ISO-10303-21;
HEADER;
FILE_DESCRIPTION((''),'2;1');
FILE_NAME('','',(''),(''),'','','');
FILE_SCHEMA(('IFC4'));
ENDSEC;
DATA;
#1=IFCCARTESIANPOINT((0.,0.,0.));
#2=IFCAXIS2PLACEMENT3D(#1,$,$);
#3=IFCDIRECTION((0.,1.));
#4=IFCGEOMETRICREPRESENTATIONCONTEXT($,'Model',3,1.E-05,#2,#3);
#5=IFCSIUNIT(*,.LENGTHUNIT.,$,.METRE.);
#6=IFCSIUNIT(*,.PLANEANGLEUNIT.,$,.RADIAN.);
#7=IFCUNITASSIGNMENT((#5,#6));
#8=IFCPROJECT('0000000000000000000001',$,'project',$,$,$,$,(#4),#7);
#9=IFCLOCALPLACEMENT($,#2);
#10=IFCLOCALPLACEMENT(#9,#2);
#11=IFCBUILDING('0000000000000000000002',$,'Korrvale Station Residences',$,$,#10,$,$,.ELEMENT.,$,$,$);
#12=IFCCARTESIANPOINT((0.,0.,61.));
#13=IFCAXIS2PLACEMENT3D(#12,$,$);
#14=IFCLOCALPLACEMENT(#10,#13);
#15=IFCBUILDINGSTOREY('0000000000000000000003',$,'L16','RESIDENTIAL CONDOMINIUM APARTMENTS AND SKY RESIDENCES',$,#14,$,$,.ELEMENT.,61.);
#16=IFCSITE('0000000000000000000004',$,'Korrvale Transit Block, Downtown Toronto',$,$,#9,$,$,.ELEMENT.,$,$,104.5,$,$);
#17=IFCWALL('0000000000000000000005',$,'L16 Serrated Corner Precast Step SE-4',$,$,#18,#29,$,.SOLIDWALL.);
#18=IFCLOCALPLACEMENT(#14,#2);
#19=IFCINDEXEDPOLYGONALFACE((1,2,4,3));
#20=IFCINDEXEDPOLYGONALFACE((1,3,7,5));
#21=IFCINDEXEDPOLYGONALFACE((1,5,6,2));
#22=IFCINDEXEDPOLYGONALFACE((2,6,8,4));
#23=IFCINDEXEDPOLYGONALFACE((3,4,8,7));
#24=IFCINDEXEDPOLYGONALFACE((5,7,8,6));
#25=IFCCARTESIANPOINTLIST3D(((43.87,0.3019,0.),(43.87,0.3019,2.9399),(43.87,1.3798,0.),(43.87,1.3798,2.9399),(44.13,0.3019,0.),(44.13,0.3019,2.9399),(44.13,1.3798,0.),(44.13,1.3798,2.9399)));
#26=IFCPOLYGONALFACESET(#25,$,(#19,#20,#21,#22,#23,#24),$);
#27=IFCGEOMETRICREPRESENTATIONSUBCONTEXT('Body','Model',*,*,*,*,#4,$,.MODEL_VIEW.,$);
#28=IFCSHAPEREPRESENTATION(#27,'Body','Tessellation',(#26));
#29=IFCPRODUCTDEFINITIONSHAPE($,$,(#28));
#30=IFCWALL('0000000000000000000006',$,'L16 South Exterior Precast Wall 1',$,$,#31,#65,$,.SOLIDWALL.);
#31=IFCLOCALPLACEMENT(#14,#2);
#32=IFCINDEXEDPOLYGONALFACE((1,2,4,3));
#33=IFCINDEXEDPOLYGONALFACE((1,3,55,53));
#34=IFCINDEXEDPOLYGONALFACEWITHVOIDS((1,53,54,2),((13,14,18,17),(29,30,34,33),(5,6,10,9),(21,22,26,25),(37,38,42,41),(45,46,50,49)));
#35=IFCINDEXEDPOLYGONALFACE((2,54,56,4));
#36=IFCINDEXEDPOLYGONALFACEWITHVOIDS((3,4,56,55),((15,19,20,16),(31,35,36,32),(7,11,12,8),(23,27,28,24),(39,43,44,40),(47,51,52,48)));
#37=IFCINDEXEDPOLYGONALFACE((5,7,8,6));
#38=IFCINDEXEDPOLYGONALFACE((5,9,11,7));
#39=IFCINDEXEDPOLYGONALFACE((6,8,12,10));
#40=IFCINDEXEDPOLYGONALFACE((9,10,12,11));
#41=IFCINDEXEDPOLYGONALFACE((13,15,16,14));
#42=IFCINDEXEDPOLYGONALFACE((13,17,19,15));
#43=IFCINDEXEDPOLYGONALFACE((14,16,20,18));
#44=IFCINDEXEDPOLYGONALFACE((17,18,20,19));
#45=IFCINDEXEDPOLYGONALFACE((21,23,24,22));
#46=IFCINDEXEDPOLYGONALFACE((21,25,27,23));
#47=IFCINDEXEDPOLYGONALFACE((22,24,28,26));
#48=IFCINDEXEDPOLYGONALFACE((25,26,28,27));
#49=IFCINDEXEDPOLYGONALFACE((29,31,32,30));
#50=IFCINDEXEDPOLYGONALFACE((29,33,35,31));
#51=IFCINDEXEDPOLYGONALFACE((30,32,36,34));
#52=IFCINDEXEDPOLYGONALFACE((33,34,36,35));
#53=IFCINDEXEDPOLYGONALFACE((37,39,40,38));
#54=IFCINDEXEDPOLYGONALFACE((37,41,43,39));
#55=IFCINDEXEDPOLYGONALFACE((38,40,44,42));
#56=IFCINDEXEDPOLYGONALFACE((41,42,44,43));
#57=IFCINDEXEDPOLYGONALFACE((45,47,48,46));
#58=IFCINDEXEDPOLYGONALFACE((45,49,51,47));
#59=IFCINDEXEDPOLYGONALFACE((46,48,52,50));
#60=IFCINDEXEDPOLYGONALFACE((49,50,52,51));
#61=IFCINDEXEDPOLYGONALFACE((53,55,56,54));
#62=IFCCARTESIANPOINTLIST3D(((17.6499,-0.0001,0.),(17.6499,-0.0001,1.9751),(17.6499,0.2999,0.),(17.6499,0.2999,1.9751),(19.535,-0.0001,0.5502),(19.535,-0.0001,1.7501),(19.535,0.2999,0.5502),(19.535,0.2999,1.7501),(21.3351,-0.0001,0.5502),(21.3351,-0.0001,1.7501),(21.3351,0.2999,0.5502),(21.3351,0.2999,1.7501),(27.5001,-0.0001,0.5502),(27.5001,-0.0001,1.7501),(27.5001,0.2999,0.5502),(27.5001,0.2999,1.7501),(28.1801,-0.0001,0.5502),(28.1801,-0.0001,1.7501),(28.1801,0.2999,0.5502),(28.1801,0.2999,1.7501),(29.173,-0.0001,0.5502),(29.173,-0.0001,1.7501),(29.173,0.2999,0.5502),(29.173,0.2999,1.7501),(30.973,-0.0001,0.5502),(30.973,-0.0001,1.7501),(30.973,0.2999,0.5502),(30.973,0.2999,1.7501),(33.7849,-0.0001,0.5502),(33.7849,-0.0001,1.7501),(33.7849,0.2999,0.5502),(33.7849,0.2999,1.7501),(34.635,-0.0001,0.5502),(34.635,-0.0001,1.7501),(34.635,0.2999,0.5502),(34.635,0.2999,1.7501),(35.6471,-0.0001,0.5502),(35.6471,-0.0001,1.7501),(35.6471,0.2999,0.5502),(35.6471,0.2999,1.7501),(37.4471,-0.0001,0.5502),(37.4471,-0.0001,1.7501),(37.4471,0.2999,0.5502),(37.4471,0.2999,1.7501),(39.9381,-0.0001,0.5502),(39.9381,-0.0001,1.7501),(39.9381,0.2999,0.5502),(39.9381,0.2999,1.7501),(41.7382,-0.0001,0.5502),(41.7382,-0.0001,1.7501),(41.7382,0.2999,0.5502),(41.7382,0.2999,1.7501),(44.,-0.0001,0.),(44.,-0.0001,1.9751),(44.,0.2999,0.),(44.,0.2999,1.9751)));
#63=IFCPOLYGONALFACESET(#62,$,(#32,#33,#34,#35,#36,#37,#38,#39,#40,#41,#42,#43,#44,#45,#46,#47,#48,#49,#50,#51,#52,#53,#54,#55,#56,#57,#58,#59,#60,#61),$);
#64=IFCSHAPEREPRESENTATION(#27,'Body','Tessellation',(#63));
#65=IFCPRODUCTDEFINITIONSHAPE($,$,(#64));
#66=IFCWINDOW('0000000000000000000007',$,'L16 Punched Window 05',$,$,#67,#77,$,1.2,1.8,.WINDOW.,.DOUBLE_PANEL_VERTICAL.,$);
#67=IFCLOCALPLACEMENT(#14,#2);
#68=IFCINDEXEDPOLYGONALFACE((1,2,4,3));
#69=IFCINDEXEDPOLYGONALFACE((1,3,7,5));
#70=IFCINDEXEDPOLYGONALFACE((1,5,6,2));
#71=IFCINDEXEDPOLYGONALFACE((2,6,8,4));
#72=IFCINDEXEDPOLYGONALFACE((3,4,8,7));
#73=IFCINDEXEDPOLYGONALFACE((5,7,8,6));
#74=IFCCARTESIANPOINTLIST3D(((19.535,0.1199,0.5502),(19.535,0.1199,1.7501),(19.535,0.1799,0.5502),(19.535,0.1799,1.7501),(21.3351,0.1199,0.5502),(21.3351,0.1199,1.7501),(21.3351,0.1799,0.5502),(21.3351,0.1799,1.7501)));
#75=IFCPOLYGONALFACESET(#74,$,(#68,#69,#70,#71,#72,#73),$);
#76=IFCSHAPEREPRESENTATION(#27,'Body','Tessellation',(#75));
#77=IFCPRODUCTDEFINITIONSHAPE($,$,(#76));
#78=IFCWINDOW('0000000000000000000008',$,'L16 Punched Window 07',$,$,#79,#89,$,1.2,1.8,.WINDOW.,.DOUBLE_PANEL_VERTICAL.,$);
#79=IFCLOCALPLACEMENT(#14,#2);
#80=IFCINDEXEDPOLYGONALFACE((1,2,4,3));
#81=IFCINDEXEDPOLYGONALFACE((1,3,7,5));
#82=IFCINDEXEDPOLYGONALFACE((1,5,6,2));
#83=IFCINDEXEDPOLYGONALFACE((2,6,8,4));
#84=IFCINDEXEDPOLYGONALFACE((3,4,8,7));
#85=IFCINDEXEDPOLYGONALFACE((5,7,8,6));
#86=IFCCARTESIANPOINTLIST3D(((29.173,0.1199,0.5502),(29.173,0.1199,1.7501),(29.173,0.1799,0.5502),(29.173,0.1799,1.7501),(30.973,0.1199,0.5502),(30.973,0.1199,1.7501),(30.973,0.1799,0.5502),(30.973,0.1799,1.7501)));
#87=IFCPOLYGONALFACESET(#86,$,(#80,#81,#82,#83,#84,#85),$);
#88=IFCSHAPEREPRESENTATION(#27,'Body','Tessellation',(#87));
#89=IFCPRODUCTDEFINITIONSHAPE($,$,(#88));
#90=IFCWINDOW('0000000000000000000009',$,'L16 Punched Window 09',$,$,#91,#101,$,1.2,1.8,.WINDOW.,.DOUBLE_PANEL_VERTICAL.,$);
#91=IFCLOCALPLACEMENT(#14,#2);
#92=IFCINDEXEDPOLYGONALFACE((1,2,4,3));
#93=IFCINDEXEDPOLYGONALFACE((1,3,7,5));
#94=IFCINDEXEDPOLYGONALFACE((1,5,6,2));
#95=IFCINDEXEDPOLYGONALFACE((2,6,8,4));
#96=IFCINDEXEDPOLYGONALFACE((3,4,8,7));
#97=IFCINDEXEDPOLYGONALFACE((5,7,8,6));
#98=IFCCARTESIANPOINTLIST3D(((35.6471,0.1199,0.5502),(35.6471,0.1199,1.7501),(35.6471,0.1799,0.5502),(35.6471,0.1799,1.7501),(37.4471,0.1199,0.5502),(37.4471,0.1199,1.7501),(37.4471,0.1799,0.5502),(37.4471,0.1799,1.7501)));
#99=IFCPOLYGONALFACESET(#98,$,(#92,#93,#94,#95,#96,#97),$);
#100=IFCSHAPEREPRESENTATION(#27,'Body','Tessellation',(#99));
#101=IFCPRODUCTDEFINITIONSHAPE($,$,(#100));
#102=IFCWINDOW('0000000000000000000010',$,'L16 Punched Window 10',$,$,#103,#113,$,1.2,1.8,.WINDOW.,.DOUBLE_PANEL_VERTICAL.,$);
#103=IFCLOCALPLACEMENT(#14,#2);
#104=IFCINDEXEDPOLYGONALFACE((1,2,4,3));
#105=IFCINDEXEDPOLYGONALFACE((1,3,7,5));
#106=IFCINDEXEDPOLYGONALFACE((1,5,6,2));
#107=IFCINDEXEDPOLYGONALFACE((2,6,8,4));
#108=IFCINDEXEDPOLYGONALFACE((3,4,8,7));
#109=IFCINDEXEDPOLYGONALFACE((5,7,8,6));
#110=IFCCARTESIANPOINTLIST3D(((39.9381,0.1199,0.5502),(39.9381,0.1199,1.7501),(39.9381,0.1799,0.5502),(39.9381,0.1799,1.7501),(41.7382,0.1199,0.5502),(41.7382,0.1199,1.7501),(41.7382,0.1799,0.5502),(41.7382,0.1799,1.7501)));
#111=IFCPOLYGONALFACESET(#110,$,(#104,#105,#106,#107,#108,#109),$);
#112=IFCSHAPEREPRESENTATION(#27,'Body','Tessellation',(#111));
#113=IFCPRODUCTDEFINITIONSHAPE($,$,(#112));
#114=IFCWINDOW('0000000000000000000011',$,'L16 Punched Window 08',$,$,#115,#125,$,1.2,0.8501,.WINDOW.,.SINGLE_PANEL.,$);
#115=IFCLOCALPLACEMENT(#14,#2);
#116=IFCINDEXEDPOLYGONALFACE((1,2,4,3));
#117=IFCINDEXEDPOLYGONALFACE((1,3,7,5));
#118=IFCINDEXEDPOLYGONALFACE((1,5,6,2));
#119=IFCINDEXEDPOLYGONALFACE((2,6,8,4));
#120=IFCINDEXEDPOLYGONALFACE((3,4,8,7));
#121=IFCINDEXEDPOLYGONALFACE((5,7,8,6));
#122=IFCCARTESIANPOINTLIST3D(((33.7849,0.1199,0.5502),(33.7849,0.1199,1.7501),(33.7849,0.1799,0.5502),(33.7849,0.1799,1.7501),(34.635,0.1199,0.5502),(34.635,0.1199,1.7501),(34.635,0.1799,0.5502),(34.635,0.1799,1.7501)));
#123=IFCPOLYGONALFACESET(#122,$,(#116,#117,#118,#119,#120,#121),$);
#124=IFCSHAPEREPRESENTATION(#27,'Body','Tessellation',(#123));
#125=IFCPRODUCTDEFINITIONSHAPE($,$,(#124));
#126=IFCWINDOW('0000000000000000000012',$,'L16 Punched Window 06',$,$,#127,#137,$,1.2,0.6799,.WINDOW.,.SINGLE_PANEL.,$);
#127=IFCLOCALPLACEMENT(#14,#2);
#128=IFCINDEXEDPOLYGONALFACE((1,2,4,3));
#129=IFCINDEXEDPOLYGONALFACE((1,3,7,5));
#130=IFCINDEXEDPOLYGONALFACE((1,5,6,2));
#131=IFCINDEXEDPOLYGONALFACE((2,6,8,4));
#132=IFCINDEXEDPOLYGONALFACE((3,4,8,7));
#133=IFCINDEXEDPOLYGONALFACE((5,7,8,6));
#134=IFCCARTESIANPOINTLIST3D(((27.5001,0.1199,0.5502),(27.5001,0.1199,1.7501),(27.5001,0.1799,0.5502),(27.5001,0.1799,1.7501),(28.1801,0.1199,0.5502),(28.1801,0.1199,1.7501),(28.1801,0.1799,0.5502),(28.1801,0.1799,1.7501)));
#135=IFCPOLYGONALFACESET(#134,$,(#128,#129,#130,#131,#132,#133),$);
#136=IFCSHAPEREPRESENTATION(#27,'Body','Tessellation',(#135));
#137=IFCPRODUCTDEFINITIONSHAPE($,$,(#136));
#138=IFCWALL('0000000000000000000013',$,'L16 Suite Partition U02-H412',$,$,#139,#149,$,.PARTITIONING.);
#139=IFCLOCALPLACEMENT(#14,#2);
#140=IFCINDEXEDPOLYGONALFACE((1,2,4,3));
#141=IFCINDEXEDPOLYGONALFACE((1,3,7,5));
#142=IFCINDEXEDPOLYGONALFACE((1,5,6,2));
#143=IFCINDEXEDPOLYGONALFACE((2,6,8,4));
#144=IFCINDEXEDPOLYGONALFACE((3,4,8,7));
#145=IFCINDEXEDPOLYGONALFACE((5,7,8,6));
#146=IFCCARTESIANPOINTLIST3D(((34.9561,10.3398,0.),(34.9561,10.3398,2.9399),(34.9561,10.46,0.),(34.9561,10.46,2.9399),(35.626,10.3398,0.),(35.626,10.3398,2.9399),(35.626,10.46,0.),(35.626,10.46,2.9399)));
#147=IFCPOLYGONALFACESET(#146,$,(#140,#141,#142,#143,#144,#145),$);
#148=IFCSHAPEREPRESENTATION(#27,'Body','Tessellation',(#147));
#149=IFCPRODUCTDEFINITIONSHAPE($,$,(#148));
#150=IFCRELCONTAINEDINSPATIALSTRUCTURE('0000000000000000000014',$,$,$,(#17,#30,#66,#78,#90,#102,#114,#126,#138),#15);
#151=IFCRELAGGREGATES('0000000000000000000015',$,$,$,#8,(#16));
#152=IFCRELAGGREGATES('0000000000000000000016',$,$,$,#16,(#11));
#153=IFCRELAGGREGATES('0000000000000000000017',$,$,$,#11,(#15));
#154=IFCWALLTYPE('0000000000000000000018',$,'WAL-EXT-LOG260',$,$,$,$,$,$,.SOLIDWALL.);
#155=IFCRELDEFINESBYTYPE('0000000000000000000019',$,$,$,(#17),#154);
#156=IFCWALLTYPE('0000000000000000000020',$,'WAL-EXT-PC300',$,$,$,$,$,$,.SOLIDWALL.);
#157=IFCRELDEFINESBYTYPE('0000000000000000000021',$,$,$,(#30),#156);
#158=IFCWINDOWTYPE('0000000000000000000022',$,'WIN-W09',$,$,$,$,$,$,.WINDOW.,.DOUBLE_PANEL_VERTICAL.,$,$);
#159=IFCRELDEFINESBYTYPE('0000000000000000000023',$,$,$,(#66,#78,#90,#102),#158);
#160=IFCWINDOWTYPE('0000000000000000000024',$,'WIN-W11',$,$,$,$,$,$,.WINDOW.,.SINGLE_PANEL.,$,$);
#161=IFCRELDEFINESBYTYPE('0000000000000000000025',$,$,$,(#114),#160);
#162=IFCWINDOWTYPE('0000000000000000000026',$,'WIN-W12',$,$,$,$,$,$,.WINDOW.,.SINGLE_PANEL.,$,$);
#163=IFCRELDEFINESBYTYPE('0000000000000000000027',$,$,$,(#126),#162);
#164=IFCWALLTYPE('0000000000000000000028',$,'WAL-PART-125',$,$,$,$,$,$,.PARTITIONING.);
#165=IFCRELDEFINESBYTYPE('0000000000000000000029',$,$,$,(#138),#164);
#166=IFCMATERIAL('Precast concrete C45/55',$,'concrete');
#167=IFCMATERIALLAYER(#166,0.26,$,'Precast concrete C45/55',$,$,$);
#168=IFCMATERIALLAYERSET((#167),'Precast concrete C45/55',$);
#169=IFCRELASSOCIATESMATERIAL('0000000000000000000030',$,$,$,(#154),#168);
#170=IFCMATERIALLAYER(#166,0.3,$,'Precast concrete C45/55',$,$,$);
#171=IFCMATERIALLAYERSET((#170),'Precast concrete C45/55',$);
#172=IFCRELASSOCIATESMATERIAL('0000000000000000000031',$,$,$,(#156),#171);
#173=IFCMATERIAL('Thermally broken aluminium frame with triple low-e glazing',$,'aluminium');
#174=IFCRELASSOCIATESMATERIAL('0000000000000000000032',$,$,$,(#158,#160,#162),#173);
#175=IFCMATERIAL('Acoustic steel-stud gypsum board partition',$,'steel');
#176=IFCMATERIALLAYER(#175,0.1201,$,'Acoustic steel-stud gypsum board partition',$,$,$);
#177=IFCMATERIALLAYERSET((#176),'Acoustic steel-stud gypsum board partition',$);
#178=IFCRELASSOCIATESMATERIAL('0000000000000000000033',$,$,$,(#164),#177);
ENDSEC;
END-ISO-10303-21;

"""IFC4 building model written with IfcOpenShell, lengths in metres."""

from ifc_helpers import new_model, si_unit, direction, frame, frame_2d, origin, place, context, subcontext, project, spatial, rectangle, extrude, material, layer, layer_set, type_object, element, fill, save


model = new_model("IFC4")

# Units and contexts
model_context = context("Model", 3, precision=1e-05, world=origin(), true_north=direction((0.0, 1.0)))
body_context = subcontext(model_context, "Body", "Model", "MODEL_VIEW")
ifc_project = project(units=[si_unit("LENGTHUNIT", "METRE"), si_unit("PLANEANGLEUNIT", "RADIAN")], contexts=[model_context])

# Site, building, storey
site_placement = place(None, origin())
site = spatial("IfcSite", under=ifc_project, at=site_placement, Name="Korrvale Transit Block, Downtown Toronto", CompositionType="ELEMENT", RefElevation=104.5)
building_placement = place(site_placement, origin())
building = spatial("IfcBuilding", under=site, at=building_placement, Name="Korrvale Station Residences", CompositionType="ELEMENT")
storey_placement = place(building_placement, frame((0.0, 0.0, 61.0)))
storey = spatial("IfcBuildingStorey", under=building, at=storey_placement, Name="L16", Description="RESIDENTIAL CONDOMINIUM APARTMENTS AND SKY RESIDENCES", CompositionType="ELEMENT", Elevation=61.0)

# Wall
ifc_material_1 = material(Name="Precast concrete C45/55", Category="concrete")
ifc_layer_1 = layer(ifc_material_1, 0.26, Name="Precast concrete C45/55")
ifc_layer_set_1 = layer_set([ifc_layer_1], Name="Precast concrete C45/55")
wall_type_1 = type_object("IfcWallType", Name="WAL-EXT-LOG260", PredefinedType="SOLIDWALL", material=ifc_layer_set_1)
wall_1_placement = place(storey_placement, frame((44.0, 1.3799, 0.0), z_axis=(0.0, 0.0, 1.0), x_axis=(0.0, -1.0, 0.0)))
element("IfcWall", 1, at=wall_1_placement, inside=storey, type_object=wall_type_1, Name="L16 Serrated Corner Precast Step SE-4", PredefinedType="SOLIDWALL", context=body_context, shape_type="SweptSolid", body=[
    extrude(rectangle(XDim=1.0779, YDim=0.26, at=frame_2d((0.5391, 0.0))), origin(), (0.0, 0.0, 1.0), 2.9399),
])

# Wall, openings, windows
ifc_layer_2 = layer(ifc_material_1, 0.3, Name="Precast concrete C45/55")
ifc_layer_set_2 = layer_set([ifc_layer_2], Name="Precast concrete C45/55")
wall_type_2 = type_object("IfcWallType", Name="WAL-EXT-PC300", PredefinedType="SOLIDWALL", material=ifc_layer_set_2)
wall_2_placement = place(storey_placement, frame((44.0, 0.1499, 0.0), z_axis=(0.0, 0.0, 1.0), x_axis=(-1.0, 0.0, 0.0)))
wall_2 = element("IfcWall", 2, at=wall_2_placement, inside=storey, type_object=wall_type_2, Name="L16 South Exterior Precast Wall 1", PredefinedType="SOLIDWALL", context=body_context, shape_type="SweptSolid", body=[
    extrude(rectangle(XDim=26.3501, YDim=0.3, at=frame_2d((13.175, 0.0))), origin(), (0.0, 0.0, 1.0), 1.9751),
])
opening_1_placement = place(wall_2_placement, frame((22.665, 0.0, 0.55)))
opening_1 = element("IfcOpeningElement", 3, at=opening_1_placement, cuts=wall_2, PredefinedType="OPENING", context=body_context, shape_type="SweptSolid", body=[
    extrude(rectangle(XDim=1.8, YDim=1.2, at=frame_2d((0.8999, 0.6001))), frame((0.0, 0.1602, 0.0), z_axis=(0.0, -1.0, 0.0), x_axis=(1.0, 0.0, 0.0)), (0.0, 0.0, 1.0), 0.3201),
])
opening_2_placement = place(wall_2_placement, frame((15.8201, 0.0, 0.55)))
opening_2 = element("IfcOpeningElement", 4, at=opening_2_placement, cuts=wall_2, PredefinedType="OPENING", context=body_context, shape_type="SweptSolid", body=[
    extrude(rectangle(XDim=0.6799, YDim=1.2, at=frame_2d((0.3398, 0.6001))), frame((0.0, 0.1602, 0.0), z_axis=(0.0, -1.0, 0.0), x_axis=(1.0, 0.0, 0.0)), (0.0, 0.0, 1.0), 0.3201),
])
opening_3_placement = place(wall_2_placement, frame((13.0271, 0.0, 0.55)))
opening_3 = element("IfcOpeningElement", 5, at=opening_3_placement, cuts=wall_2, PredefinedType="OPENING", context=body_context, shape_type="SweptSolid", body=[
    extrude(rectangle(XDim=1.8, YDim=1.2, at=frame_2d((0.8999, 0.6001))), frame((0.0, 0.1602, 0.0), z_axis=(0.0, -1.0, 0.0), x_axis=(1.0, 0.0, 0.0)), (0.0, 0.0, 1.0), 0.3201),
])
opening_4_placement = place(wall_2_placement, frame((9.365, 0.0, 0.55)))
opening_4 = element("IfcOpeningElement", 6, at=opening_4_placement, cuts=wall_2, PredefinedType="OPENING", context=body_context, shape_type="SweptSolid", body=[
    extrude(rectangle(XDim=0.8501, YDim=1.2, at=frame_2d((0.425, 0.6001))), frame((0.0, 0.1602, 0.0), z_axis=(0.0, -1.0, 0.0), x_axis=(1.0, 0.0, 0.0)), (0.0, 0.0, 1.0), 0.3201),
])
opening_5_placement = place(wall_2_placement, frame((6.553, 0.0, 0.55)))
opening_5 = element("IfcOpeningElement", 7, at=opening_5_placement, cuts=wall_2, PredefinedType="OPENING", context=body_context, shape_type="SweptSolid", body=[
    extrude(rectangle(XDim=1.8, YDim=1.2, at=frame_2d((0.8999, 0.6001))), frame((0.0, 0.1602, 0.0), z_axis=(0.0, -1.0, 0.0), x_axis=(1.0, 0.0, 0.0)), (0.0, 0.0, 1.0), 0.3201),
])
opening_6_placement = place(wall_2_placement, frame((2.262, 0.0, 0.55)))
opening_6 = element("IfcOpeningElement", 8, at=opening_6_placement, cuts=wall_2, PredefinedType="OPENING", context=body_context, shape_type="SweptSolid", body=[
    extrude(rectangle(XDim=1.8, YDim=1.2, at=frame_2d((0.8999, 0.6001))), frame((0.0, 0.1602, 0.0), z_axis=(0.0, -1.0, 0.0), x_axis=(1.0, 0.0, 0.0)), (0.0, 0.0, 1.0), 0.3201),
])
ifc_material_2 = material(Name="Thermally broken aluminium frame with triple low-e glazing", Category="aluminium")
window_type_1 = type_object("IfcWindowType", Name="WIN-W09", PartitioningType="DOUBLE_PANEL_VERTICAL", PredefinedType="WINDOW", material=ifc_material_2)
window_1_placement = place(opening_1_placement, origin())
window_1 = element("IfcWindow", 9, at=window_1_placement, inside=storey, type_object=window_type_1, Name="L16 Punched Window 05", OverallHeight=1.2, OverallWidth=1.8, PartitioningType="DOUBLE_PANEL_VERTICAL", PredefinedType="WINDOW", context=body_context, shape_type="SweptSolid", body=[
    extrude(rectangle(XDim=1.8, YDim=1.2, at=frame_2d((0.8999, 0.6001))), frame((0.0, 0.03, 0.0), z_axis=(0.0, -1.0, 0.0), x_axis=(1.0, 0.0, 0.0)), (0.0, 0.0, 1.0), 0.0601),
])
fill(opening_1, window_1)
window_2_placement = place(opening_3_placement, origin())
window_2 = element("IfcWindow", 10, at=window_2_placement, inside=storey, type_object=window_type_1, Name="L16 Punched Window 07", OverallHeight=1.2, OverallWidth=1.8, PartitioningType="DOUBLE_PANEL_VERTICAL", PredefinedType="WINDOW", context=body_context, shape_type="SweptSolid", body=[
    extrude(rectangle(XDim=1.8, YDim=1.2, at=frame_2d((0.8999, 0.6001))), frame((0.0, 0.03, 0.0), z_axis=(0.0, -1.0, 0.0), x_axis=(1.0, 0.0, 0.0)), (0.0, 0.0, 1.0), 0.0601),
])
fill(opening_3, window_2)
window_3_placement = place(opening_5_placement, origin())
window_3 = element("IfcWindow", 11, at=window_3_placement, inside=storey, type_object=window_type_1, Name="L16 Punched Window 09", OverallHeight=1.2, OverallWidth=1.8, PartitioningType="DOUBLE_PANEL_VERTICAL", PredefinedType="WINDOW", context=body_context, shape_type="SweptSolid", body=[
    extrude(rectangle(XDim=1.8, YDim=1.2, at=frame_2d((0.8999, 0.6001))), frame((0.0, 0.03, 0.0), z_axis=(0.0, -1.0, 0.0), x_axis=(1.0, 0.0, 0.0)), (0.0, 0.0, 1.0), 0.0601),
])
fill(opening_5, window_3)
window_4_placement = place(opening_6_placement, origin())
window_4 = element("IfcWindow", 12, at=window_4_placement, inside=storey, type_object=window_type_1, Name="L16 Punched Window 10", OverallHeight=1.2, OverallWidth=1.8, PartitioningType="DOUBLE_PANEL_VERTICAL", PredefinedType="WINDOW", context=body_context, shape_type="SweptSolid", body=[
    extrude(rectangle(XDim=1.8, YDim=1.2, at=frame_2d((0.8999, 0.6001))), frame((0.0, 0.03, 0.0), z_axis=(0.0, -1.0, 0.0), x_axis=(1.0, 0.0, 0.0)), (0.0, 0.0, 1.0), 0.0601),
])
fill(opening_6, window_4)
window_type_2 = type_object("IfcWindowType", Name="WIN-W11", PartitioningType="SINGLE_PANEL", PredefinedType="WINDOW", material=ifc_material_2)
window_5_placement = place(opening_4_placement, origin())
window_5 = element("IfcWindow", 13, at=window_5_placement, inside=storey, type_object=window_type_2, Name="L16 Punched Window 08", OverallHeight=1.2, OverallWidth=0.8501, PartitioningType="SINGLE_PANEL", PredefinedType="WINDOW", context=body_context, shape_type="SweptSolid", body=[
    extrude(rectangle(XDim=0.8501, YDim=1.2, at=frame_2d((0.425, 0.6001))), frame((0.0, 0.03, 0.0), z_axis=(0.0, -1.0, 0.0), x_axis=(1.0, 0.0, 0.0)), (0.0, 0.0, 1.0), 0.0601),
])
fill(opening_4, window_5)
window_type_3 = type_object("IfcWindowType", Name="WIN-W12", PartitioningType="SINGLE_PANEL", PredefinedType="WINDOW", material=ifc_material_2)
window_6_placement = place(opening_2_placement, origin())
window_6 = element("IfcWindow", 14, at=window_6_placement, inside=storey, type_object=window_type_3, Name="L16 Punched Window 06", OverallHeight=1.2, OverallWidth=0.6799, PartitioningType="SINGLE_PANEL", PredefinedType="WINDOW", context=body_context, shape_type="SweptSolid", body=[
    extrude(rectangle(XDim=0.6799, YDim=1.2, at=frame_2d((0.3398, 0.6001))), frame((0.0, 0.03, 0.0), z_axis=(0.0, -1.0, 0.0), x_axis=(1.0, 0.0, 0.0)), (0.0, 0.0, 1.0), 0.0601),
])
fill(opening_2, window_6)

# Wall
ifc_material_3 = material(Name="Acoustic steel-stud gypsum board partition", Category="steel")
ifc_layer_3 = layer(ifc_material_3, 0.1201, Name="Acoustic steel-stud gypsum board partition")
ifc_layer_set_3 = layer_set([ifc_layer_3], Name="Acoustic steel-stud gypsum board partition")
wall_type_3 = type_object("IfcWallType", Name="WAL-PART-125", PredefinedType="PARTITIONING", material=ifc_layer_set_3)
wall_3_placement = place(storey_placement, frame((34.9561, 10.3999, 0.0), z_axis=(0.0, 0.0, 1.0), x_axis=(1.0, 0.0, 0.0)))
element("IfcWall", 15, at=wall_3_placement, inside=storey, type_object=wall_type_3, Name="L16 Suite Partition U02-H412", PredefinedType="PARTITIONING", context=body_context, shape_type="SweptSolid", body=[
    extrude(rectangle(XDim=0.6699, YDim=0.1201, at=frame_2d((0.335, 0.0))), origin(), (0.0, 0.0, 1.0), 2.9399),
])

save(model, "model.ifc")
